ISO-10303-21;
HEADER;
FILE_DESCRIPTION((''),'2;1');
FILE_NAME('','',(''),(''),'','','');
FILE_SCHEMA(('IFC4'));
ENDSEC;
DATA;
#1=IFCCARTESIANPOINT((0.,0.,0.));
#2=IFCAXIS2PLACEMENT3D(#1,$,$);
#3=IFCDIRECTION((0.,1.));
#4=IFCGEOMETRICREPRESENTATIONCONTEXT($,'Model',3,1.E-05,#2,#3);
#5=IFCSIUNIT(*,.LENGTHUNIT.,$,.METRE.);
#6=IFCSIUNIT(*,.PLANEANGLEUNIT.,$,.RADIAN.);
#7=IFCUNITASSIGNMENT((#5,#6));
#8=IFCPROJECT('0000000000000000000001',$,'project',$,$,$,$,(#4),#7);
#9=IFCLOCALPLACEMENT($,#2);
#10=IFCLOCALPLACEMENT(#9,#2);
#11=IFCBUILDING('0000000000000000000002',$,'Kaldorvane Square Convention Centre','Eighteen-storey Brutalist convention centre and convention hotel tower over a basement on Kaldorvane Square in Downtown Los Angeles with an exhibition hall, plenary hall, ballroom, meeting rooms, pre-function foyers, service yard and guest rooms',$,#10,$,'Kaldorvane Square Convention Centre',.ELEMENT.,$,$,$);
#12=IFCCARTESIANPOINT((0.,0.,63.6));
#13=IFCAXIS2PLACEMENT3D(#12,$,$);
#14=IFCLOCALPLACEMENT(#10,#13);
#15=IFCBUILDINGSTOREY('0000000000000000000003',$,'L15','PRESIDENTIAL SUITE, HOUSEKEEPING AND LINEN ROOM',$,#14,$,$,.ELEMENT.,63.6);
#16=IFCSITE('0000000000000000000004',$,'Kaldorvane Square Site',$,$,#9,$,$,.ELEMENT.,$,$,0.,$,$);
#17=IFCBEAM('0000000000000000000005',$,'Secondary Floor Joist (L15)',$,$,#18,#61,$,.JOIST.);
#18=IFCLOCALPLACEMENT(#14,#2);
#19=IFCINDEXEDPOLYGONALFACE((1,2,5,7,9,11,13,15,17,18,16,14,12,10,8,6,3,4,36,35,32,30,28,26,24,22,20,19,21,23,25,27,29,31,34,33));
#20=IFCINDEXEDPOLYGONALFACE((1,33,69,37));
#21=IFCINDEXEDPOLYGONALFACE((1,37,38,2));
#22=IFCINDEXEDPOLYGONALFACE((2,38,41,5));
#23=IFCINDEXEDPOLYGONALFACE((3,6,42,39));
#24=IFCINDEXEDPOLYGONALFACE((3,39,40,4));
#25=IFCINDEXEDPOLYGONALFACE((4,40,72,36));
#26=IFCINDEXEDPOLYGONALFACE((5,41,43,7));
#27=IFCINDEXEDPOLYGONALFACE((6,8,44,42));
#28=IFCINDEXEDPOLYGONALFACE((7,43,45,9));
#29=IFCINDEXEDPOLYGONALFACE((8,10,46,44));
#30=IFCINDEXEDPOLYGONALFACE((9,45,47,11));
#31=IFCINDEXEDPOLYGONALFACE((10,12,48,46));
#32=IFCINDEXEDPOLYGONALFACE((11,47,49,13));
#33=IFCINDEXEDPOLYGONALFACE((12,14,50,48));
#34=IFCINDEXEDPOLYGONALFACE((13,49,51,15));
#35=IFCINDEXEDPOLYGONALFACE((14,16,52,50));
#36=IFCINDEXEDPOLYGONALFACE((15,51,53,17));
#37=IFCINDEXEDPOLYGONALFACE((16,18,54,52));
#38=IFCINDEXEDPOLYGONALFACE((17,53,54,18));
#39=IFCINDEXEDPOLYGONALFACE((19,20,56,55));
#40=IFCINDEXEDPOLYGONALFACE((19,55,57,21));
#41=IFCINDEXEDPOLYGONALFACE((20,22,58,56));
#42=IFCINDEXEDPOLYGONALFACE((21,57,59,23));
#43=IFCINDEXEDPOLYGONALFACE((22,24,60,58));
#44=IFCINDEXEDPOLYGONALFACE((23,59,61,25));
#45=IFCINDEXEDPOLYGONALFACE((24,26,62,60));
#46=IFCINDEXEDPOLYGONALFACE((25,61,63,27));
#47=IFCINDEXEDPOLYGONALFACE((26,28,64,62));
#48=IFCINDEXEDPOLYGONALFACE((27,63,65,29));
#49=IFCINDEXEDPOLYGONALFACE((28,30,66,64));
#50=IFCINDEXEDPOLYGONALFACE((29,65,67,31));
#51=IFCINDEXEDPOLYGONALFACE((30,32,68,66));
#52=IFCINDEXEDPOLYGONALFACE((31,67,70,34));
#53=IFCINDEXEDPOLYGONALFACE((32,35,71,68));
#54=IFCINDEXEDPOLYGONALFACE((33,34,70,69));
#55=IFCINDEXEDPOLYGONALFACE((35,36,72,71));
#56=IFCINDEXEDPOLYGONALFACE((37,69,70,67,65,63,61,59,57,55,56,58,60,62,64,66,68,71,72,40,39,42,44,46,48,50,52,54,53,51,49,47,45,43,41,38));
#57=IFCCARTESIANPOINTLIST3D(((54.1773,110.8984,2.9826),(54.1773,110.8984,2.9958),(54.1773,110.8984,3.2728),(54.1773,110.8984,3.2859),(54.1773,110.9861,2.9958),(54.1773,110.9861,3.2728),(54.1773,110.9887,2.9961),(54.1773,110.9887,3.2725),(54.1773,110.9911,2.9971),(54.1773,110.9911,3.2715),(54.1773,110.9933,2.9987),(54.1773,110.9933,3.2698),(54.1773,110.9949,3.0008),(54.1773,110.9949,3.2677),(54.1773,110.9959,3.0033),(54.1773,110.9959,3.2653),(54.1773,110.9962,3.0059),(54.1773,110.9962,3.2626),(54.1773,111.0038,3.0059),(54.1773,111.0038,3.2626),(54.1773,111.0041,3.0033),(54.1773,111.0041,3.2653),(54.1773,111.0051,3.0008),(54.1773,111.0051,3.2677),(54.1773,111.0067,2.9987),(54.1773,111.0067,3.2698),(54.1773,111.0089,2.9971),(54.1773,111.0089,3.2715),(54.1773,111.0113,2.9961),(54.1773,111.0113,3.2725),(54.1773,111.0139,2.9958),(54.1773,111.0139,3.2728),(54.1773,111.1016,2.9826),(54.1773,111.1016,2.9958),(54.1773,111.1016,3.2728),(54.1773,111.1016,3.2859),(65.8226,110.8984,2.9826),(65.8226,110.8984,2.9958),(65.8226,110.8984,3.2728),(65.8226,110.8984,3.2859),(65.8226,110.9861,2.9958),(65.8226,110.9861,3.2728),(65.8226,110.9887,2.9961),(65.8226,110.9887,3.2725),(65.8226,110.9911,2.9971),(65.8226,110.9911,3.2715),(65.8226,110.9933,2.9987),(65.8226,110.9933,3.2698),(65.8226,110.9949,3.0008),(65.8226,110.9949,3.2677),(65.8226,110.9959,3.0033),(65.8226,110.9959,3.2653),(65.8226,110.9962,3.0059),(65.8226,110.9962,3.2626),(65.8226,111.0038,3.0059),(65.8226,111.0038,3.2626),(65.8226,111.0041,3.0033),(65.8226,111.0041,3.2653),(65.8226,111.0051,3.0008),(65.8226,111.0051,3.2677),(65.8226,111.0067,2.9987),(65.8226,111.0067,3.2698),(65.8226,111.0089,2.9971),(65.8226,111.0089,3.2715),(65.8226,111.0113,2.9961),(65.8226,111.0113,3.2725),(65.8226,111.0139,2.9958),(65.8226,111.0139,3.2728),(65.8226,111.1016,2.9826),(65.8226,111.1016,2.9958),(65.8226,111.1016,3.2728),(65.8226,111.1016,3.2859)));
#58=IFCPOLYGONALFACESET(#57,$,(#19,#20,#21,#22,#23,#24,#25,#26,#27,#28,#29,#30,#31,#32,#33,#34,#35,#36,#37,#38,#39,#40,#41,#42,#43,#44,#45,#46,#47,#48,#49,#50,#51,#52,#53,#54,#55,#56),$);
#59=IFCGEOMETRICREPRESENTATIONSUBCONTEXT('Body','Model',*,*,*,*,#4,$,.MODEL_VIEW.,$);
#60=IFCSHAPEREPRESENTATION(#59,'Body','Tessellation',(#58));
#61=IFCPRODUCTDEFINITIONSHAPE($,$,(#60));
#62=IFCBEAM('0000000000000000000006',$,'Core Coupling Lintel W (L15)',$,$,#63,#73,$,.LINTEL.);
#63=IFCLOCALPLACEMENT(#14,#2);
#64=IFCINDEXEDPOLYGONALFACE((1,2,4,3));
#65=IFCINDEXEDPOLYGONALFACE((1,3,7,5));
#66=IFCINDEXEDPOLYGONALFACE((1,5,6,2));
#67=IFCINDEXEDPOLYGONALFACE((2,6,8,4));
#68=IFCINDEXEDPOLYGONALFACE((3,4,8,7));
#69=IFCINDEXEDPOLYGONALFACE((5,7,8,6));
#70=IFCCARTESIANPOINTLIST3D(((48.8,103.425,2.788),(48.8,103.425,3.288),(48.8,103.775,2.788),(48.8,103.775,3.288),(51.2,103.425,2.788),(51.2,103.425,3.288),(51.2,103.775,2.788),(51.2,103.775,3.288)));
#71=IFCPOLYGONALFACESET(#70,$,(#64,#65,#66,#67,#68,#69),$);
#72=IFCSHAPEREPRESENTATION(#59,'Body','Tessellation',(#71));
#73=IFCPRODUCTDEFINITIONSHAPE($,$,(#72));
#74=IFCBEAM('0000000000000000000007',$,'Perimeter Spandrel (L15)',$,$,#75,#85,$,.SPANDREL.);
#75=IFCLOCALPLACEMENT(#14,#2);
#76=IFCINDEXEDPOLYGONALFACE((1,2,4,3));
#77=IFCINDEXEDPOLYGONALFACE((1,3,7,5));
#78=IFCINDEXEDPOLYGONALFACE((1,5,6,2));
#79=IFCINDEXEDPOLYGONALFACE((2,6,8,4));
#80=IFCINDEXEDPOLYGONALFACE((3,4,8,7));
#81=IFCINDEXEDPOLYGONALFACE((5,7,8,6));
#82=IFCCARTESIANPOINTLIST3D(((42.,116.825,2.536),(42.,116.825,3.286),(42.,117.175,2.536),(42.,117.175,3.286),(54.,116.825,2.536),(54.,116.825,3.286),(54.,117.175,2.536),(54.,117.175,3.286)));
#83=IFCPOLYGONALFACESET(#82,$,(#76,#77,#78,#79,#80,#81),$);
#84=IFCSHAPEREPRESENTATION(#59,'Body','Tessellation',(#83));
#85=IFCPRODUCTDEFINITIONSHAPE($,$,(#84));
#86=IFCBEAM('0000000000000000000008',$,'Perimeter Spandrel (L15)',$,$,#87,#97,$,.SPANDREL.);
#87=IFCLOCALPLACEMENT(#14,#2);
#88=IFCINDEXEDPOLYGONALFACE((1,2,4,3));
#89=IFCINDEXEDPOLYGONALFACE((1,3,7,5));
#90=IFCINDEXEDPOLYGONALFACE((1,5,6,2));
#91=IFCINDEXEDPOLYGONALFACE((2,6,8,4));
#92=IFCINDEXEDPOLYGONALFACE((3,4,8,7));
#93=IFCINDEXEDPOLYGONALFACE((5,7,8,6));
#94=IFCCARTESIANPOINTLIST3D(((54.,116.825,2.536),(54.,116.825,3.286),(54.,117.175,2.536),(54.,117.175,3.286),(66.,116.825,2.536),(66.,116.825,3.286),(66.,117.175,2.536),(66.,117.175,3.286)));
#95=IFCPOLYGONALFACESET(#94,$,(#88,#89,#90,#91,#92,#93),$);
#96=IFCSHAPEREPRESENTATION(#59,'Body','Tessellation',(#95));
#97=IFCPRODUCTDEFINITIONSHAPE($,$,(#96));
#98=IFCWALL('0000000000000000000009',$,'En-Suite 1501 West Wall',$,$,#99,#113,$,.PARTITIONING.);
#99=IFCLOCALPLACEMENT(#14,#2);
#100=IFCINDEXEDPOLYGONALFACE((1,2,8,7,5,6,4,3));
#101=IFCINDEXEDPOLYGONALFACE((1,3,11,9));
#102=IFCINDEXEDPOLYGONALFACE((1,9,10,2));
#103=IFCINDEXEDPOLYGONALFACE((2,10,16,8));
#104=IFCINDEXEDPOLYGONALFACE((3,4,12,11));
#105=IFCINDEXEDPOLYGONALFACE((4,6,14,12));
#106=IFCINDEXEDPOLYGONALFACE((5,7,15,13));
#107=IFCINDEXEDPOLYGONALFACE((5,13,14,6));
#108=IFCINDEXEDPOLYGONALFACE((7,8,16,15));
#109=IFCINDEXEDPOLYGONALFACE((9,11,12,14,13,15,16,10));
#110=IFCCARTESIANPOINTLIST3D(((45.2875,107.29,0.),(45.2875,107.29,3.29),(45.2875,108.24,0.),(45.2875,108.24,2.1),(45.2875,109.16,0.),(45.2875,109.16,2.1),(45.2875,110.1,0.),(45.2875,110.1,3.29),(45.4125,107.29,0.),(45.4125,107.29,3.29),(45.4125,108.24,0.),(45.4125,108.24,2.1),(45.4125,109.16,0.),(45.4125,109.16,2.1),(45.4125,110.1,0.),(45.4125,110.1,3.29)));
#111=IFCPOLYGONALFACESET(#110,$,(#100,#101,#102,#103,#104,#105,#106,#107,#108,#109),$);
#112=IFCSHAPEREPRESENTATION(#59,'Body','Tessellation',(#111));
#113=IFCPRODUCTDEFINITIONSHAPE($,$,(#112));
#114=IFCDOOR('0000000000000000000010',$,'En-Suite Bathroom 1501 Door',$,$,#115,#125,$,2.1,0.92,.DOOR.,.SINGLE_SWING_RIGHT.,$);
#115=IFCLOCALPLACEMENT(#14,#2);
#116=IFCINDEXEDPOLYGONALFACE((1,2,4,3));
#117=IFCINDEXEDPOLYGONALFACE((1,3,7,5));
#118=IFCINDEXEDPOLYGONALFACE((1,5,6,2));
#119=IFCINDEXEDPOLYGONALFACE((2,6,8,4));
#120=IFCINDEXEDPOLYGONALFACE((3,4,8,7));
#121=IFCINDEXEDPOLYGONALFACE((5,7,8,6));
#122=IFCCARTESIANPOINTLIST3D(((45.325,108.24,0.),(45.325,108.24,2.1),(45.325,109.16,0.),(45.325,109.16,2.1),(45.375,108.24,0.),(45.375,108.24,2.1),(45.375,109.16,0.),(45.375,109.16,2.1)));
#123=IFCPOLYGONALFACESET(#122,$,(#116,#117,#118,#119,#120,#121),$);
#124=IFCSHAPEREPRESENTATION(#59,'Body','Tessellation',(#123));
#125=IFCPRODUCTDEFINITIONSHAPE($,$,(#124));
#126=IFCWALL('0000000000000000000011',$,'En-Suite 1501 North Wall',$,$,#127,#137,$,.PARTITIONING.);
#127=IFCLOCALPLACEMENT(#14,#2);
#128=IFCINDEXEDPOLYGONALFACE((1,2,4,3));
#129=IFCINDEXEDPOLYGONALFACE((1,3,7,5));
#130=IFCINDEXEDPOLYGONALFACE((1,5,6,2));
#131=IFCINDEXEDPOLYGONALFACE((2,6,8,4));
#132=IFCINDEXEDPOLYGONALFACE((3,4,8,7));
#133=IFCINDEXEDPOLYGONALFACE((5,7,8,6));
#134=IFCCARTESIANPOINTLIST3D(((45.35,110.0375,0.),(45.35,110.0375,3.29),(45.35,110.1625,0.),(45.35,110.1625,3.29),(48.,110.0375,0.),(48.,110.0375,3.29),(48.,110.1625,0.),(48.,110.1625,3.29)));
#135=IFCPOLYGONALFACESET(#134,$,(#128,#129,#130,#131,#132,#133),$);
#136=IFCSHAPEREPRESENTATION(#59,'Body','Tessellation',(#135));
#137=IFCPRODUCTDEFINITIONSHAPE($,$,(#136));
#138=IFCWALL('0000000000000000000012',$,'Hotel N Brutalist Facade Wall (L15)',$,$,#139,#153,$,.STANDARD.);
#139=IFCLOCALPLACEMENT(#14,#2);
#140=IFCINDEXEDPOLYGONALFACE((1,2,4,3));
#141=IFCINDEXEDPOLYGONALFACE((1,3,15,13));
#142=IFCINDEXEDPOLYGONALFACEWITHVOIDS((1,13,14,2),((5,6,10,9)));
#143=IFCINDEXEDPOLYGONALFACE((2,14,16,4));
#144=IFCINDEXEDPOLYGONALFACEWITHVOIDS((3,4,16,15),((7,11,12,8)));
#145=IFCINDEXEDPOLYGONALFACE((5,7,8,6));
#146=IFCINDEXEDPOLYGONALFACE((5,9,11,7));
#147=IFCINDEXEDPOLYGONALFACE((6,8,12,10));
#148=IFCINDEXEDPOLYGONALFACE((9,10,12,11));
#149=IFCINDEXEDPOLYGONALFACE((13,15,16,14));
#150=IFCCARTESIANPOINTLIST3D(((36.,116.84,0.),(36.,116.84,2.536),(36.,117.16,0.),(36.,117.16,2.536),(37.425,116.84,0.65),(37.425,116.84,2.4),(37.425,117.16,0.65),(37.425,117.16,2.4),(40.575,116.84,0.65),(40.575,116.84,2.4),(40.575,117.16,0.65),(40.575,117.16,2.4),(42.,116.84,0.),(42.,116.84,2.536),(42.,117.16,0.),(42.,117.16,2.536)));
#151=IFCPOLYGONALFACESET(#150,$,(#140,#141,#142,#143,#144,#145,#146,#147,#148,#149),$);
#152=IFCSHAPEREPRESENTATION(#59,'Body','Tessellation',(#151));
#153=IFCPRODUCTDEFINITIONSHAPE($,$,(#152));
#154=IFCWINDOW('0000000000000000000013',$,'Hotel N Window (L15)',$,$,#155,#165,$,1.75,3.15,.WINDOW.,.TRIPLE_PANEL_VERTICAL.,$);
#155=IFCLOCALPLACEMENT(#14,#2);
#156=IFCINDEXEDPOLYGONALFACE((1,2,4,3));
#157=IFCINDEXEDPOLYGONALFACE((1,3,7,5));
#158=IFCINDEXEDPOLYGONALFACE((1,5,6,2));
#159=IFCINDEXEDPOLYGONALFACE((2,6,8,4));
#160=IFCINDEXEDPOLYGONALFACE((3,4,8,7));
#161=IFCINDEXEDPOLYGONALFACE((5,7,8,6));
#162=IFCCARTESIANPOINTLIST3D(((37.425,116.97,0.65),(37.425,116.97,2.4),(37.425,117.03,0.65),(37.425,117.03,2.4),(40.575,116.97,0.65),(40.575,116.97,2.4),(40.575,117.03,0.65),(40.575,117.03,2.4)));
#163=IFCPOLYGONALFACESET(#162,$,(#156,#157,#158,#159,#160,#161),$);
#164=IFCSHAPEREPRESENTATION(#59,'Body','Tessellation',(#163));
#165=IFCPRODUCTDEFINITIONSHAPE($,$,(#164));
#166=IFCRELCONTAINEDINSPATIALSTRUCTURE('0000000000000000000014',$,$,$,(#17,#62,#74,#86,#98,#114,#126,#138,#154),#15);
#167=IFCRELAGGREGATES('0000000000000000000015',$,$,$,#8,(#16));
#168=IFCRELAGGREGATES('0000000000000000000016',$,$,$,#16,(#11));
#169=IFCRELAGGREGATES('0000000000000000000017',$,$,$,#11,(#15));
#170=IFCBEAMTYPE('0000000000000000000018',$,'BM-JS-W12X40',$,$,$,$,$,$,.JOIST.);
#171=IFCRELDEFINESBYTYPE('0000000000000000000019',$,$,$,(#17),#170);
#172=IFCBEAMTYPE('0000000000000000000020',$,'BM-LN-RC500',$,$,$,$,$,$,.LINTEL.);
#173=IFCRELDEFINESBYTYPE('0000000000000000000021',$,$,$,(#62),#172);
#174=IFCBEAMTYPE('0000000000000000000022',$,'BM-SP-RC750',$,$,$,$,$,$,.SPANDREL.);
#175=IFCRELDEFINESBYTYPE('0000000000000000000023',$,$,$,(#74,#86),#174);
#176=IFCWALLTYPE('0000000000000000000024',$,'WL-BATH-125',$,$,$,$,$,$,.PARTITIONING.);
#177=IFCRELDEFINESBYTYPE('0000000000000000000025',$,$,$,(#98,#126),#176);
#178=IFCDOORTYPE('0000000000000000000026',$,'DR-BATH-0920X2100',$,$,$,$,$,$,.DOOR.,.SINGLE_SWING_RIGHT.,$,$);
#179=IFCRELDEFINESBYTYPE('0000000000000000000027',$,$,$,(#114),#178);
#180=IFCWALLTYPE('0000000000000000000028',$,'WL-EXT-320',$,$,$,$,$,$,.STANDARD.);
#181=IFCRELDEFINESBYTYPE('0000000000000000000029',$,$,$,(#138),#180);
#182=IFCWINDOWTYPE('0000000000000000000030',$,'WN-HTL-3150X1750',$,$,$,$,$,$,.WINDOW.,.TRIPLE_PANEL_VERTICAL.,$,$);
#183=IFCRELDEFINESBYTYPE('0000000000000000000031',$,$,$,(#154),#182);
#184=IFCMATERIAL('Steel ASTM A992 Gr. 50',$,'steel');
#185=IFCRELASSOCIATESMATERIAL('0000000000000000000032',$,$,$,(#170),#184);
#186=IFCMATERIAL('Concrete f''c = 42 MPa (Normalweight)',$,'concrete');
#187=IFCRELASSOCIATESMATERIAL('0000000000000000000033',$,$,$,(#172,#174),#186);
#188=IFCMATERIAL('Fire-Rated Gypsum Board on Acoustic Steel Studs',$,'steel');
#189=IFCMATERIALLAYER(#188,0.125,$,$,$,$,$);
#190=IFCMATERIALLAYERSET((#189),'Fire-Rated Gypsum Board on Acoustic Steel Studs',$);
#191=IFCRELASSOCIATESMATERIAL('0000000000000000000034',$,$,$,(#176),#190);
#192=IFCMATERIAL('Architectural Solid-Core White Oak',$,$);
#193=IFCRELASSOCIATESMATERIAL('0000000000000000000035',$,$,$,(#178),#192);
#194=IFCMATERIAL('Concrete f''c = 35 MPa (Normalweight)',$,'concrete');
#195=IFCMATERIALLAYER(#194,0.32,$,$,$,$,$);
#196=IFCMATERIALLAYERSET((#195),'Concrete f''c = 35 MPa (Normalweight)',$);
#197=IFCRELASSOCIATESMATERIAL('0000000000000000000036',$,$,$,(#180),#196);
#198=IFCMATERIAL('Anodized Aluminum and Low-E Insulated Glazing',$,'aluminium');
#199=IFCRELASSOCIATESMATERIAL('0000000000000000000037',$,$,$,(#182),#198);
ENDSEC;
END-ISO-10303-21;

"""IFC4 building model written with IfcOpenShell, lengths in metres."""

from ifc_helpers import new_model, si_unit, direction, frame, frame_2d, origin, origin_2d, place, context, subcontext, project, spatial, rectangle, i_section, extrude, material, layer, layer_set, material_profile, profile_set, type_object, element, fill, save


model = new_model("IFC4")

# Units and contexts
model_context = context("Model", 3, precision=1e-05, world=origin(), true_north=direction((0.0, 1.0)))
body_context = subcontext(model_context, "Body", "Model", "MODEL_VIEW")
ifc_project = project(units=[si_unit("LENGTHUNIT", "METRE"), si_unit("PLANEANGLEUNIT", "RADIAN")], contexts=[model_context])

# Site, building, storey
site_placement = place(None, origin())
site = spatial("IfcSite", under=ifc_project, at=site_placement, Name="Kaldorvane Square Site", CompositionType="ELEMENT", RefElevation=0.0)
building_placement = place(site_placement, origin())
building = spatial("IfcBuilding", under=site, at=building_placement, Name="Kaldorvane Square Convention Centre", Description="Eighteen-storey Brutalist convention centre and convention hotel tower over a basement on Kaldorvane Square in Downtown Los Angeles with an exhibition hall, plenary hall, ballroom, meeting rooms, pre-function foyers, service yard and guest rooms", LongName="Kaldorvane Square Convention Centre", CompositionType="ELEMENT")
storey_placement = place(building_placement, frame((0.0, 0.0, 63.6)))
storey = spatial("IfcBuildingStorey", under=building, at=storey_placement, Name="L15", Description="PRESIDENTIAL SUITE, HOUSEKEEPING AND LINEN ROOM", CompositionType="ELEMENT", Elevation=63.6)

# Shared definitions
ifc_material_1 = material(Name="Concrete f'c = 42 MPa (Normalweight)", Category="concrete")
ifc_material_2 = material(Name="Steel ASTM A992 Gr. 50", Category="steel")

# Beams
ifc_material_profile_1 = material_profile(ifc_material_2, i_section(OverallWidth=0.2033, OverallDepth=0.3033, WebThickness=0.0075, FlangeThickness=0.0131, FilletRadius=0.0102, at=origin_2d()), Name="W12X40")
ifc_profile_set_1 = profile_set([ifc_material_profile_1], Name="Steel ASTM A992 Gr. 50")
beam_type_1 = type_object("IfcBeamType", Name="BM-JS-W12X40", PredefinedType="JOIST", material=ifc_profile_set_1)
beam_1_placement = place(storey_placement, frame((54.1773, 111.0, 3.1343), z_axis=(1.0, 0.0, 0.0), x_axis=(0.0, 1.0, 0.0)))
element("IfcBeam", 1, at=beam_1_placement, inside=storey, type_object=beam_type_1, Name="Secondary Floor Joist (L15)", PredefinedType="JOIST", context=body_context, shape_type="SweptSolid", body=[
    extrude(i_section(OverallWidth=0.2033, OverallDepth=0.3033, WebThickness=0.0075, FlangeThickness=0.0131, FilletRadius=0.0102, at=origin_2d()), origin(), (0.0, 0.0, 1.0), 11.6453),
])
ifc_material_profile_2 = material_profile(ifc_material_1, rectangle(XDim=0.35, YDim=0.5, at=origin_2d()), Name="RCLN500X350")
ifc_profile_set_2 = profile_set([ifc_material_profile_2], Name="Concrete f'c = 42 MPa (Normalweight)")
beam_type_2 = type_object("IfcBeamType", Name="BM-LN-RC500", PredefinedType="LINTEL", material=ifc_profile_set_2)
beam_2_placement = place(storey_placement, frame((48.8, 103.6, 3.038), z_axis=(1.0, 0.0, 0.0), x_axis=(0.0, 1.0, 0.0)))
element("IfcBeam", 2, at=beam_2_placement, inside=storey, type_object=beam_type_2, Name="Core Coupling Lintel W (L15)", PredefinedType="LINTEL", context=body_context, shape_type="SweptSolid", body=[
    extrude(rectangle(XDim=0.35, YDim=0.5, at=origin_2d()), origin(), (0.0, 0.0, 1.0), 2.4),
])
ifc_material_profile_3 = material_profile(ifc_material_1, rectangle(XDim=0.35, YDim=0.75, at=origin_2d()), Name="RCSP750X350")
ifc_profile_set_3 = profile_set([ifc_material_profile_3], Name="Concrete f'c = 42 MPa (Normalweight)")
beam_type_3 = type_object("IfcBeamType", Name="BM-SP-RC750", PredefinedType="SPANDREL", material=ifc_profile_set_3)
for number, where, z_axis, x_axis, name in (
    (3, (42.0, 117.0, 2.911), (1.0, 0.0, 0.0), (0.0, 1.0, 0.0), "Perimeter Spandrel (L15)"),
    (4, (54.0, 117.0, 2.911), (1.0, 0.0, 0.0), (0.0, 1.0, 0.0), "Perimeter Spandrel (L15)"),
):
    element("IfcBeam", number, at=place(storey_placement, frame(where, z_axis=z_axis, x_axis=x_axis)), inside=storey, type_object=beam_type_3, Name=name, PredefinedType="SPANDREL", context=body_context, shape_type="SweptSolid", body=[
        extrude(rectangle(XDim=0.35, YDim=0.75, at=origin_2d()), origin(), (0.0, 0.0, 1.0), 12.0),
    ])

# Wall, opening, door
ifc_material_3 = material(Name="Fire-Rated Gypsum Board on Acoustic Steel Studs", Category="steel")
ifc_layer_1 = layer(ifc_material_3, 0.125)
ifc_layer_set_1 = layer_set([ifc_layer_1], Name="Fire-Rated Gypsum Board on Acoustic Steel Studs")
wall_type_1 = type_object("IfcWallType", Name="WL-BATH-125", PredefinedType="PARTITIONING", material=ifc_layer_set_1)
wall_1_placement = place(storey_placement, frame((45.35, 107.29, 0.0), z_axis=(0.0, 0.0, 1.0), x_axis=(0.0, 1.0, 0.0)))
wall_1 = element("IfcWall", 5, at=wall_1_placement, inside=storey, type_object=wall_type_1, Name="En-Suite 1501 West Wall", PredefinedType="PARTITIONING", context=body_context, shape_type="SweptSolid", body=[
    extrude(rectangle(XDim=2.81, YDim=0.125, at=frame_2d((1.405, 0.0))), origin(), (0.0, 0.0, 1.0), 3.29),
])
opening_1_placement = place(wall_1_placement, frame((0.95, 0.0, 0.0)))
opening_1 = element("IfcOpeningElement", 6, at=opening_1_placement, cuts=wall_1, PredefinedType="OPENING", context=body_context, shape_type="SweptSolid", body=[
    extrude(rectangle(XDim=0.92, YDim=2.1, at=frame_2d((0.46, 1.05))), frame((0.0, 0.0775, 0.0), z_axis=(0.0, -1.0, 0.0), x_axis=(1.0, 0.0, 0.0)), (0.0, 0.0, 1.0), 0.155),
])
ifc_material_4 = material(Name="Architectural Solid-Core White Oak")
door_type_1 = type_object("IfcDoorType", Name="DR-BATH-0920X2100", OperationType="SINGLE_SWING_RIGHT", PredefinedType="DOOR", material=ifc_material_4)
door_1_placement = place(opening_1_placement, origin())
door_1 = element("IfcDoor", 7, at=door_1_placement, inside=storey, type_object=door_type_1, Name="En-Suite Bathroom 1501 Door", OperationType="SINGLE_SWING_RIGHT", OverallHeight=2.1, OverallWidth=0.92, PredefinedType="DOOR", context=body_context, shape_type="SweptSolid", body=[
    extrude(rectangle(XDim=0.92, YDim=2.1, at=frame_2d((0.46, 1.05))), frame((0.0, 0.025, 0.0), z_axis=(0.0, -1.0, 0.0), x_axis=(1.0, 0.0, 0.0)), (0.0, 0.0, 1.0), 0.05),
])
fill(opening_1, door_1)

# Wall
wall_2_placement = place(storey_placement, frame((45.35, 110.1, 0.0), z_axis=(0.0, 0.0, 1.0), x_axis=(1.0, 0.0, 0.0)))
element("IfcWall", 8, at=wall_2_placement, inside=storey, type_object=wall_type_1, Name="En-Suite 1501 North Wall", PredefinedType="PARTITIONING", context=body_context, shape_type="SweptSolid", body=[
    extrude(rectangle(XDim=2.65, YDim=0.125, at=frame_2d((1.325, 0.0))), origin(), (0.0, 0.0, 1.0), 3.29),
])

# Wall, opening, window
ifc_material_5 = material(Name="Concrete f'c = 35 MPa (Normalweight)", Category="concrete")
ifc_layer_2 = layer(ifc_material_5, 0.32)
ifc_layer_set_2 = layer_set([ifc_layer_2], Name="Concrete f'c = 35 MPa (Normalweight)")
wall_type_2 = type_object("IfcWallType", Name="WL-EXT-320", PredefinedType="STANDARD", material=ifc_layer_set_2)
wall_3_placement = place(storey_placement, frame((42.0, 117.0, 0.0), z_axis=(0.0, 0.0, 1.0), x_axis=(-1.0, 0.0, 0.0)))
wall_3 = element("IfcWall", 9, at=wall_3_placement, inside=storey, type_object=wall_type_2, Name="Hotel N Brutalist Facade Wall (L15)", PredefinedType="STANDARD", context=body_context, shape_type="SweptSolid", body=[
    extrude(rectangle(XDim=6.0, YDim=0.32, at=frame_2d((3.0, 0.0))), origin(), (0.0, 0.0, 1.0), 2.536),
])
opening_2_placement = place(wall_3_placement, frame((1.425, 0.0, 0.65)))
opening_2 = element("IfcOpeningElement", 10, at=opening_2_placement, cuts=wall_3, PredefinedType="OPENING", context=body_context, shape_type="SweptSolid", body=[
    extrude(rectangle(XDim=3.15, YDim=1.75, at=frame_2d((1.575, 0.875))), frame((0.0, 0.175, 0.0), z_axis=(0.0, -1.0, 0.0), x_axis=(1.0, 0.0, 0.0)), (0.0, 0.0, 1.0), 0.35),
])
ifc_material_6 = material(Name="Anodized Aluminum and Low-E Insulated Glazing", Category="aluminium")
window_type = type_object("IfcWindowType", Name="WN-HTL-3150X1750", PartitioningType="TRIPLE_PANEL_VERTICAL", PredefinedType="WINDOW", material=ifc_material_6)
window_1_placement = place(opening_2_placement, origin())
window_1 = element("IfcWindow", 11, at=window_1_placement, inside=storey, type_object=window_type, Name="Hotel N Window (L15)", OverallHeight=1.75, OverallWidth=3.15, PartitioningType="TRIPLE_PANEL_VERTICAL", PredefinedType="WINDOW", context=body_context, shape_type="SweptSolid", body=[
    extrude(rectangle(XDim=3.15, YDim=1.75, at=frame_2d((1.575, 0.875))), frame((0.0, 0.03, 0.0), z_axis=(0.0, -1.0, 0.0), x_axis=(1.0, 0.0, 0.0)), (0.0, 0.0, 1.0), 0.06),
])
fill(opening_2, window_1)

save(model, "model.ifc")
